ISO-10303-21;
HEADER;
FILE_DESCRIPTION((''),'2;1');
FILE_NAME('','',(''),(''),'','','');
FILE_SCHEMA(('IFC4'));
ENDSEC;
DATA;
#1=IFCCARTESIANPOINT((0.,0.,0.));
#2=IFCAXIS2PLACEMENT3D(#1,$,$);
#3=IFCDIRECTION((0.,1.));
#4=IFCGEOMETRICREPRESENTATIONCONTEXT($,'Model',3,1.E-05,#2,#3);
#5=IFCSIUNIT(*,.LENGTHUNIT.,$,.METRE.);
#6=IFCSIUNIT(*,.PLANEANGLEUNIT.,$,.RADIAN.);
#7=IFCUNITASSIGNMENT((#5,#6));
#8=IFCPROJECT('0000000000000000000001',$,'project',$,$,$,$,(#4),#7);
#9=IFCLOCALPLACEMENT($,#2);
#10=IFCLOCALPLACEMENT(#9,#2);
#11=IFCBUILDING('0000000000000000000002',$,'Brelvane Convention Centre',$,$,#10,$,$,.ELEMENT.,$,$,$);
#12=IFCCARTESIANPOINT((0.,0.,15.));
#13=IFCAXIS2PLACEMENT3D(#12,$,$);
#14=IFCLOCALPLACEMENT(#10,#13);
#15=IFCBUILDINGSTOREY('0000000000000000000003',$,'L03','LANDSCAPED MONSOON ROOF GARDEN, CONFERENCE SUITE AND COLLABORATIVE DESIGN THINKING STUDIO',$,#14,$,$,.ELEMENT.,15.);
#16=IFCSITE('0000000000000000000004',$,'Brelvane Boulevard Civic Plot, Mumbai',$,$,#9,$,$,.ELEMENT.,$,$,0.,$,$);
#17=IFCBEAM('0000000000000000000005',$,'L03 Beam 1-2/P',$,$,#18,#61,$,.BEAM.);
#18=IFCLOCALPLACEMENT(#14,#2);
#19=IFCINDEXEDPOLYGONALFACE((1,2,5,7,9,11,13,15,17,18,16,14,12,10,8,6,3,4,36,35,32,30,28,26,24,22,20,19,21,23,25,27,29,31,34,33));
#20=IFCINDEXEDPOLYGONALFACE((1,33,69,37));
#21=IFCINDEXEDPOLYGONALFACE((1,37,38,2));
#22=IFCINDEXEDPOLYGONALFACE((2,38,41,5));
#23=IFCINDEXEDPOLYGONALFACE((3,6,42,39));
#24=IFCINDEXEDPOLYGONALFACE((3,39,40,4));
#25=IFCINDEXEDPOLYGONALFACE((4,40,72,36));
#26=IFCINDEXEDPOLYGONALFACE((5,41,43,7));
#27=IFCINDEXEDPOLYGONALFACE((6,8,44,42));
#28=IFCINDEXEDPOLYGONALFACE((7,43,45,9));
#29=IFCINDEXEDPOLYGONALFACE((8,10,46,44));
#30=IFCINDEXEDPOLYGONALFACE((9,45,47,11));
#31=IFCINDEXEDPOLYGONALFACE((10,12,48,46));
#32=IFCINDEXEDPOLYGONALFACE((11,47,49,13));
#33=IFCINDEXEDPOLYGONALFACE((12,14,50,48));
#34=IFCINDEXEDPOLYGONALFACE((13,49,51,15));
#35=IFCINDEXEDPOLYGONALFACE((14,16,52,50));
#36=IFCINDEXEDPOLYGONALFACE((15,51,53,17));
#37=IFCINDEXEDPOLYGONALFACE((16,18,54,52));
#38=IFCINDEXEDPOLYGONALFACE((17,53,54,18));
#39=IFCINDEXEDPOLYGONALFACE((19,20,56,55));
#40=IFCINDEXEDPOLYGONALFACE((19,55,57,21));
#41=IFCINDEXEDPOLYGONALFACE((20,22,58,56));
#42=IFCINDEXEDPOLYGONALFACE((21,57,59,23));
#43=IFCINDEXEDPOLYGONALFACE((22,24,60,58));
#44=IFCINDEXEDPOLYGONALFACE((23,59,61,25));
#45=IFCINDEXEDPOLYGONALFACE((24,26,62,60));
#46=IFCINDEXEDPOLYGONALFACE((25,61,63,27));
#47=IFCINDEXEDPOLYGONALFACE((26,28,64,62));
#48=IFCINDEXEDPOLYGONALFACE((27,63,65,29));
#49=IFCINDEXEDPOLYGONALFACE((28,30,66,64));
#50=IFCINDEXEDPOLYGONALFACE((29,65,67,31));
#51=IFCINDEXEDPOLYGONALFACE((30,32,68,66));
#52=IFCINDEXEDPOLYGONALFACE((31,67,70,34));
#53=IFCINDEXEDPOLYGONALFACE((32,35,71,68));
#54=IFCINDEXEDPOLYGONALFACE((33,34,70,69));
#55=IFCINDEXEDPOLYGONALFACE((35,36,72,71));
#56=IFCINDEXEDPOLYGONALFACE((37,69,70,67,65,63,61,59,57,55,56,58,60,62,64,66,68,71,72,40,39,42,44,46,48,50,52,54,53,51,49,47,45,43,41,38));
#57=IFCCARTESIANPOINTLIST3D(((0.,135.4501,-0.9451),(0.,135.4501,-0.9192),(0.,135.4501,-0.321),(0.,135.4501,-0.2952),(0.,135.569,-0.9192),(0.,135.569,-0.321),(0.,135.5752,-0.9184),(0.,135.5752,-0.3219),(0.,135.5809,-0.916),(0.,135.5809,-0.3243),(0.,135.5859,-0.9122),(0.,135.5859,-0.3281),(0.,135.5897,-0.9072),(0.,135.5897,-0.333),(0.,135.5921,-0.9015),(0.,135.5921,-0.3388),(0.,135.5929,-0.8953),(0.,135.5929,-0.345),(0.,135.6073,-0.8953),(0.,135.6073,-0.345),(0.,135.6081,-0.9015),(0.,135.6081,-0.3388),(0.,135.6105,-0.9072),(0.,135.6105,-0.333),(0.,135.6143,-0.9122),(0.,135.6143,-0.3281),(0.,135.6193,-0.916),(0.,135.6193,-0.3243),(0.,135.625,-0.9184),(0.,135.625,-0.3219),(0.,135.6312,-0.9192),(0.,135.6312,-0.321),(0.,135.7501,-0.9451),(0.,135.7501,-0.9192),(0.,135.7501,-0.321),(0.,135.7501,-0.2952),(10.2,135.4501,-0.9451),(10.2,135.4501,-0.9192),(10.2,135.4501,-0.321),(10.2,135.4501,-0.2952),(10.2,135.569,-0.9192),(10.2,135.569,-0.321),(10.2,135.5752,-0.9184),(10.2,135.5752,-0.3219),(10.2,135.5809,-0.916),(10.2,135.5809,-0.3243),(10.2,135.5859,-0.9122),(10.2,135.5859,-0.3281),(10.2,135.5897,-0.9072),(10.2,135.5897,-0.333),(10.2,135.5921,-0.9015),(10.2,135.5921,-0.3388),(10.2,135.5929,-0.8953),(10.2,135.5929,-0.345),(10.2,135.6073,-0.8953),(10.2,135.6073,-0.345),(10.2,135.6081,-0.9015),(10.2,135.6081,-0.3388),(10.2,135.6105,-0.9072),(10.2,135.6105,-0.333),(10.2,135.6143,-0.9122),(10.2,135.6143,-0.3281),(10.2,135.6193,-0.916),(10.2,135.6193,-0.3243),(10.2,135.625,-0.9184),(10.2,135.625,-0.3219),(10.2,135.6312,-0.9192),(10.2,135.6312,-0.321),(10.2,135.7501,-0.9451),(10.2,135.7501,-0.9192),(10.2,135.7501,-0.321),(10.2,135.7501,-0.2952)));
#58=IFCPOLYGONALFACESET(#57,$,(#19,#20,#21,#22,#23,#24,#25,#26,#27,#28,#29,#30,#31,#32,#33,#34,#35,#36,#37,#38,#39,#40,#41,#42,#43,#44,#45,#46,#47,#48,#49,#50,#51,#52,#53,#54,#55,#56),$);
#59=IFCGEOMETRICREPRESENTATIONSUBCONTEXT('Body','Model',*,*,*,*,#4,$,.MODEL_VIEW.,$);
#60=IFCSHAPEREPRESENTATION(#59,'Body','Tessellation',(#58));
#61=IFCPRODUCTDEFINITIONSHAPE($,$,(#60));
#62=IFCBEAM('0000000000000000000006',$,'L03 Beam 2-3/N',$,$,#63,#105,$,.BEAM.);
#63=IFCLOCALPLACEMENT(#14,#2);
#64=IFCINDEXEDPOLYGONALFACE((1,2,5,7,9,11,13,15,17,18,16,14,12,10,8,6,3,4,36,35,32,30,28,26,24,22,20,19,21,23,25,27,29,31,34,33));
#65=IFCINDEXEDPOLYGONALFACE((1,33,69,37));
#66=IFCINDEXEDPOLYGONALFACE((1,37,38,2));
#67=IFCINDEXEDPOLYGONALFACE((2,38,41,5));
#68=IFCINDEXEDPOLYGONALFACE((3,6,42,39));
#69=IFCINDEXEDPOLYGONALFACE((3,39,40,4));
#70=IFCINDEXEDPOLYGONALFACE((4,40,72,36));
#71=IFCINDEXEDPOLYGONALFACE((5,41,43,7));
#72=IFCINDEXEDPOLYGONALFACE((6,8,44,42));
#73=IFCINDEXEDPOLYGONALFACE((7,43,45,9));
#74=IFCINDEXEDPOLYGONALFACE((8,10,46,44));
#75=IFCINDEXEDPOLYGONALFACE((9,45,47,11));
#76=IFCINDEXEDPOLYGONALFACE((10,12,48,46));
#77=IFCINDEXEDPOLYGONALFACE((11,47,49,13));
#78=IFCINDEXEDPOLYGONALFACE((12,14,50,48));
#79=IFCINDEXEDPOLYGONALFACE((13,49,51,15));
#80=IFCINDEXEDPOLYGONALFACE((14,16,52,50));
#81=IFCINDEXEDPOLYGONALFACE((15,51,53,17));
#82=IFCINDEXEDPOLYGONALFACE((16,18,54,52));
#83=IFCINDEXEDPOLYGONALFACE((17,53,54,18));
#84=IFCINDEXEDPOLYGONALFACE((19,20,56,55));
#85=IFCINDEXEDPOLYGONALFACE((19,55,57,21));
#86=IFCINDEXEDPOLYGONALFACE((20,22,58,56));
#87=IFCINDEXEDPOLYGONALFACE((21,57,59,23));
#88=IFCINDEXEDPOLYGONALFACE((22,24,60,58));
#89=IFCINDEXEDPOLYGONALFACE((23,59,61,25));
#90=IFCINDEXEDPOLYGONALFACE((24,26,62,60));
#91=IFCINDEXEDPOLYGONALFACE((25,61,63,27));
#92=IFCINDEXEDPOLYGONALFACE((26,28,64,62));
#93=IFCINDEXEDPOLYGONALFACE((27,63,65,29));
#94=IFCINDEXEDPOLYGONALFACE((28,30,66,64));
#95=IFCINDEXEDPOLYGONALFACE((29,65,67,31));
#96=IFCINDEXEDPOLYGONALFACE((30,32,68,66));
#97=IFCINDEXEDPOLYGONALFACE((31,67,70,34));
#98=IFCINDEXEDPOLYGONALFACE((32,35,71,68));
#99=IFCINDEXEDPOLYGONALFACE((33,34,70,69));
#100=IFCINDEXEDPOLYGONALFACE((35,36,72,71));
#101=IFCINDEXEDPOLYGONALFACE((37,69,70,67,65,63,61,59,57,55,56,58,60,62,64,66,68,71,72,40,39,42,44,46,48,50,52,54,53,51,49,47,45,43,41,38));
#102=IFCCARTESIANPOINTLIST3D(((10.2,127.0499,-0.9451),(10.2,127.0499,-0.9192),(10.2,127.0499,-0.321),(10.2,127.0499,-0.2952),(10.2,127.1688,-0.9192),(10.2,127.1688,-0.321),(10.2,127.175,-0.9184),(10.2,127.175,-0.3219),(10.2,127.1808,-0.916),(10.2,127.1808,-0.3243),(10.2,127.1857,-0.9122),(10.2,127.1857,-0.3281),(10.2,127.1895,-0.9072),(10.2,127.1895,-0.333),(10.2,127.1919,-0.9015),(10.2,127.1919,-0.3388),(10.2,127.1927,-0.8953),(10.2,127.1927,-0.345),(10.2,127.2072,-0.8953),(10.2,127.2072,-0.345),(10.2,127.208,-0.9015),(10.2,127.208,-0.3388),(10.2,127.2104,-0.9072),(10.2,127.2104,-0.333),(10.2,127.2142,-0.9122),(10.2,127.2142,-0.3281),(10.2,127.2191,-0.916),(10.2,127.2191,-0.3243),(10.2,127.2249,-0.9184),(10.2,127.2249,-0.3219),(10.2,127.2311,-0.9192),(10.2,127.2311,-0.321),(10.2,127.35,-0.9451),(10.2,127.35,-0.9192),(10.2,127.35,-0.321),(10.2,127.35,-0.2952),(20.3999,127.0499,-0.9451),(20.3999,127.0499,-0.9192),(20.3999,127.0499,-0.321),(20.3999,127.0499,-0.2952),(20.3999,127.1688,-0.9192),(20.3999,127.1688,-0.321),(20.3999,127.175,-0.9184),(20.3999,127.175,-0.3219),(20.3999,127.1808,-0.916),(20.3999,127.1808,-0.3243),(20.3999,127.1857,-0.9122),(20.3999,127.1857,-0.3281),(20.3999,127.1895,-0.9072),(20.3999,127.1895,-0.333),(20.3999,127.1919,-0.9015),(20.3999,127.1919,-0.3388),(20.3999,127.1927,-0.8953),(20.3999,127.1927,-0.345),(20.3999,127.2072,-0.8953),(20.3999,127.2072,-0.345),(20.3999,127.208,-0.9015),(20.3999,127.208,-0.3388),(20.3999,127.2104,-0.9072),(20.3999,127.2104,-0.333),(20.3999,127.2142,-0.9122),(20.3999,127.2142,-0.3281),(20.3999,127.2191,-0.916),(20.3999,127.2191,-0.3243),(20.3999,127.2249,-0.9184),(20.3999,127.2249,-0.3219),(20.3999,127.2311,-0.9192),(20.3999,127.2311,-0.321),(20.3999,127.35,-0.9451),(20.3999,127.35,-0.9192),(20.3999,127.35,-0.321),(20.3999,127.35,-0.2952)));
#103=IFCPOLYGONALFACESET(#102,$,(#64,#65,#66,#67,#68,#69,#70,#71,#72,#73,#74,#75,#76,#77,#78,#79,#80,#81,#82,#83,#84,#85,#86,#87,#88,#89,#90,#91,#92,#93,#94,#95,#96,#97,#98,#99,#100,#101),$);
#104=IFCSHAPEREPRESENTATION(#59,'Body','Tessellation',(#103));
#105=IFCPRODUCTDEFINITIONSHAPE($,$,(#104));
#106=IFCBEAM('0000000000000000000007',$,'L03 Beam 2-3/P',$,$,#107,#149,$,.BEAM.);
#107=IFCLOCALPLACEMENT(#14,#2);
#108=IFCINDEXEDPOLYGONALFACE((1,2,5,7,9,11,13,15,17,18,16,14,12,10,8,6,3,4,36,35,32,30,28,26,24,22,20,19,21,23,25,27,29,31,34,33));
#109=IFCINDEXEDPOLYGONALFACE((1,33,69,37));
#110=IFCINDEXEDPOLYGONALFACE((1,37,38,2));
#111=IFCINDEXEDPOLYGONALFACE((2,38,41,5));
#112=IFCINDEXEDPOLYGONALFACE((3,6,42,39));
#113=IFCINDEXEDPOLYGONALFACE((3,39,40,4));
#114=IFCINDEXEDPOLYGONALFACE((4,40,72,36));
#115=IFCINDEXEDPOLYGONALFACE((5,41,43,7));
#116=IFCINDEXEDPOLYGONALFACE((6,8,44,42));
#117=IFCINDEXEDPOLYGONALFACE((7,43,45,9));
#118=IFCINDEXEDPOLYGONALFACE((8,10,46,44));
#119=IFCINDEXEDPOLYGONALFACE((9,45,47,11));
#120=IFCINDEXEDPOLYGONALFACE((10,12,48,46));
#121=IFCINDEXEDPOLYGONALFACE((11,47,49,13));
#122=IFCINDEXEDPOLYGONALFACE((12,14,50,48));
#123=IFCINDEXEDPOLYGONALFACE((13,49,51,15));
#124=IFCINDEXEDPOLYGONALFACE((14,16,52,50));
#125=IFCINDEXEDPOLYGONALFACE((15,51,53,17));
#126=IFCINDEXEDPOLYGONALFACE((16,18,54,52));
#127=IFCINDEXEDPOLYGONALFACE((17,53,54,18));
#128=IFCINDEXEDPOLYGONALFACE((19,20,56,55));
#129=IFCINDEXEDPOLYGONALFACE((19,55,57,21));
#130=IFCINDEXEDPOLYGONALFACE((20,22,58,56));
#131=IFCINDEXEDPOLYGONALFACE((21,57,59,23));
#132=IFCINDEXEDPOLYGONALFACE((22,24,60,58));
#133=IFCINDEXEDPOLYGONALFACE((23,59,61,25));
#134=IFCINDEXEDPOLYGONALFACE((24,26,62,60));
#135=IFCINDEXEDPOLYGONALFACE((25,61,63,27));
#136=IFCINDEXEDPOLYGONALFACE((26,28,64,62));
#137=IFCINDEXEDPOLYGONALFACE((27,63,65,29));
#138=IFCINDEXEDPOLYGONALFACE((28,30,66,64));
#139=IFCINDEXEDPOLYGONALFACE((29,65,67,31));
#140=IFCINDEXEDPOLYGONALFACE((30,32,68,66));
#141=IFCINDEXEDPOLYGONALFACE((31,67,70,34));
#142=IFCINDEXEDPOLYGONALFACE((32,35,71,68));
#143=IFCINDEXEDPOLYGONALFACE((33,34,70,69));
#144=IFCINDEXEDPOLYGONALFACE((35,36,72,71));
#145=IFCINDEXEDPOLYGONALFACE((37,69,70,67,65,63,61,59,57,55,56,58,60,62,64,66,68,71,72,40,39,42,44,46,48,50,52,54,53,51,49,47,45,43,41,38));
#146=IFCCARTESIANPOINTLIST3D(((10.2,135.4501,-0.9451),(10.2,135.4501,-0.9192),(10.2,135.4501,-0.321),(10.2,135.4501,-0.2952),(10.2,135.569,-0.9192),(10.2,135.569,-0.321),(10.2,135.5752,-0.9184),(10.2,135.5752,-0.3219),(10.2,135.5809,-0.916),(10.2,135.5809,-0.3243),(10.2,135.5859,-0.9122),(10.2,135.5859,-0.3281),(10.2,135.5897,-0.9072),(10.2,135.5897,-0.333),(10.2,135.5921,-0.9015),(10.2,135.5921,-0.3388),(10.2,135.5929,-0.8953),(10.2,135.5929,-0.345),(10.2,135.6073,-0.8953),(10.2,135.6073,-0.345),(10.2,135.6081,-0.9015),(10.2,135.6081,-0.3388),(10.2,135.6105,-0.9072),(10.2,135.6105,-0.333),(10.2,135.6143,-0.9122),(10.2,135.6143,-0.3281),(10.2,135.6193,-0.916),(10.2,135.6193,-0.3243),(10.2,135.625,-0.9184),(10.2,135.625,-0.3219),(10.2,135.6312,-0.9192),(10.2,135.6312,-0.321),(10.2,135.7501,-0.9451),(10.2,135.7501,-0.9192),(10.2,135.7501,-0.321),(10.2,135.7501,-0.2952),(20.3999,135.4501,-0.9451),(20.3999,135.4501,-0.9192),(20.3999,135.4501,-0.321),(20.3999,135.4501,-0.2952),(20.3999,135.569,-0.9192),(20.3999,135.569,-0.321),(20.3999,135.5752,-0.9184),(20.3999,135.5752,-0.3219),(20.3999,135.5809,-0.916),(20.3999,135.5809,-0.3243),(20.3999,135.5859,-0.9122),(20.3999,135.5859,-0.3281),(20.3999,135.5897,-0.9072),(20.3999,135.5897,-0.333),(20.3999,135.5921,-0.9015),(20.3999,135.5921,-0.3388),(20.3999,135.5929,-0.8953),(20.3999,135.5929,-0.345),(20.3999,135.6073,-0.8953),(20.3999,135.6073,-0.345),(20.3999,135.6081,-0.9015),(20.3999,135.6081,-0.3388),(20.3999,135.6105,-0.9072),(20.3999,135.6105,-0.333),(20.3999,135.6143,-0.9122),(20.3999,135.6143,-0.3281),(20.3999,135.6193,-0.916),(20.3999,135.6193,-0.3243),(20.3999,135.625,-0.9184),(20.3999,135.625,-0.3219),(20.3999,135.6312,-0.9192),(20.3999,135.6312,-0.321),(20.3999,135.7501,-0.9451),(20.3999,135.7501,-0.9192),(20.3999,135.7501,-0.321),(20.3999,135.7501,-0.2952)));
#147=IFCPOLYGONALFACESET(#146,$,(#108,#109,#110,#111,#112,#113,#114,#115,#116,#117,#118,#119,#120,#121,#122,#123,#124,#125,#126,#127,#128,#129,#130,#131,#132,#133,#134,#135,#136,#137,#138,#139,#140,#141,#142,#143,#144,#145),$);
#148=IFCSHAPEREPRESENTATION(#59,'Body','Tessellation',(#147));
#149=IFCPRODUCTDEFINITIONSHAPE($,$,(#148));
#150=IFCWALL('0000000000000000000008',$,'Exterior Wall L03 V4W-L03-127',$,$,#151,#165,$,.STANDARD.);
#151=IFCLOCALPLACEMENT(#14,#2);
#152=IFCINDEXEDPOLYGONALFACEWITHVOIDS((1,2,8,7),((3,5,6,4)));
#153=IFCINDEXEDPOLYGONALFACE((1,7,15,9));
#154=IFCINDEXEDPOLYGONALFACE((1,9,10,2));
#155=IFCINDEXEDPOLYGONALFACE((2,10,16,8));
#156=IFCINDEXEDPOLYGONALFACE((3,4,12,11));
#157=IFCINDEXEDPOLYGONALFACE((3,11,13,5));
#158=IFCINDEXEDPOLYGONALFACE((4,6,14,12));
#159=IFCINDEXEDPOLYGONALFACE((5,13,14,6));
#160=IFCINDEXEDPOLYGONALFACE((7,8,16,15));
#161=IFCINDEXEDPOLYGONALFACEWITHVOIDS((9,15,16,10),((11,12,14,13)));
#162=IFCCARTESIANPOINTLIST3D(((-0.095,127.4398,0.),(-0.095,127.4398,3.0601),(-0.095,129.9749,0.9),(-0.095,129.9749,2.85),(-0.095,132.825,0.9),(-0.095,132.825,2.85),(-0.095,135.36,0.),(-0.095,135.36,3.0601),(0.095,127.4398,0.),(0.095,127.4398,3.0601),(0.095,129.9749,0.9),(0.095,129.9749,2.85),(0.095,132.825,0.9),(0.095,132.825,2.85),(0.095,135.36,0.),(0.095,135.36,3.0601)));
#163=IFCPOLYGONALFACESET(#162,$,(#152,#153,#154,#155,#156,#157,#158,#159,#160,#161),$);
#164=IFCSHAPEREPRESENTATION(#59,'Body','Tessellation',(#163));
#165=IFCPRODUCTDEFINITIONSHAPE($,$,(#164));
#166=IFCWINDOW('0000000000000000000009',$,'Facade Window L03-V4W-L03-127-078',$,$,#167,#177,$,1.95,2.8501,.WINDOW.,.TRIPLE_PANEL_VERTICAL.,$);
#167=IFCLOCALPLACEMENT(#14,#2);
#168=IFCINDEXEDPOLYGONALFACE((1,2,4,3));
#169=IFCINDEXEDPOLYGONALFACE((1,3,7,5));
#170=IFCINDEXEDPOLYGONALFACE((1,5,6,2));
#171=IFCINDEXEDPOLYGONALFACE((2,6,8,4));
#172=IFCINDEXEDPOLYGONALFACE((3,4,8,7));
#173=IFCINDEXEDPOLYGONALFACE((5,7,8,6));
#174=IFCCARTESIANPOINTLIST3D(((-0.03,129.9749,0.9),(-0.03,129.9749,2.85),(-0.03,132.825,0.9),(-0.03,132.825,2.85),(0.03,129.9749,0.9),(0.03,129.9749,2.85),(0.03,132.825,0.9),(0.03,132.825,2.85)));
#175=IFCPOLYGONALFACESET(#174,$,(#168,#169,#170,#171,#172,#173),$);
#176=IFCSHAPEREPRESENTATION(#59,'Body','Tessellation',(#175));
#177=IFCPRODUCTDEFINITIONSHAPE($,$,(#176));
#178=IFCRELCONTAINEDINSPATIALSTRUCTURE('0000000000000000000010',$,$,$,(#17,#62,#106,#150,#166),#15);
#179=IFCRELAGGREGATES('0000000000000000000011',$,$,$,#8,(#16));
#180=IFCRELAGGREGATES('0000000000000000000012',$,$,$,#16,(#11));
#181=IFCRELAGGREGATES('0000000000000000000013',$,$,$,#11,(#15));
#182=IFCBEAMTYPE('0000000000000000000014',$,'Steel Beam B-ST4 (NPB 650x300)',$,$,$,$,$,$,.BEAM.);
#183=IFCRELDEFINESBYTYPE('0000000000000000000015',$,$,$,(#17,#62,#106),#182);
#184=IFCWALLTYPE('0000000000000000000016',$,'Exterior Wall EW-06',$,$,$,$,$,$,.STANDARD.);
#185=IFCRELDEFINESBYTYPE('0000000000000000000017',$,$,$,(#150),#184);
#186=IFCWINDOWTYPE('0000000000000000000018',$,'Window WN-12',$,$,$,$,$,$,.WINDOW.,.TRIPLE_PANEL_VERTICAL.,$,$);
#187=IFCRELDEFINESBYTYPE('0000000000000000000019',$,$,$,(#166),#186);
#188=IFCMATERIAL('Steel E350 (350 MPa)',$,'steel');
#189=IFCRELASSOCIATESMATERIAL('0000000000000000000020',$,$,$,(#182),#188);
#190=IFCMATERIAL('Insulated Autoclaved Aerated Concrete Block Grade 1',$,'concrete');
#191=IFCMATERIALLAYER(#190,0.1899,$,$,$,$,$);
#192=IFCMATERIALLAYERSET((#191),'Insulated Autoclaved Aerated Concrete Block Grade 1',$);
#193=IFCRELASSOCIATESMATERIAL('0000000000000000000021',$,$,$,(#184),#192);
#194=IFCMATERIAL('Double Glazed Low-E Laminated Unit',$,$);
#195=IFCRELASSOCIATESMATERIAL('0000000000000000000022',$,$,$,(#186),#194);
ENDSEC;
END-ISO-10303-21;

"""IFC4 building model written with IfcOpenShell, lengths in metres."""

from ifc_helpers import new_model, si_unit, direction, frame, frame_2d, origin, origin_2d, place, context, subcontext, project, spatial, rectangle, i_section, extrude, material, layer, layer_set, material_profile, profile_set, type_object, element, fill, save


model = new_model("IFC4")

# Units and contexts
model_context = context("Model", 3, precision=1e-05, world=origin(), true_north=direction((0.0, 1.0)))
body_context = subcontext(model_context, "Body", "Model", "MODEL_VIEW")
ifc_project = project(units=[si_unit("LENGTHUNIT", "METRE"), si_unit("PLANEANGLEUNIT", "RADIAN")], contexts=[model_context])

# Site, building, storey
site_placement = place(None, origin())
site = spatial("IfcSite", under=ifc_project, at=site_placement, Name="Brelvane Boulevard Civic Plot, Mumbai", CompositionType="ELEMENT", RefElevation=0.0)
building_placement = place(site_placement, origin())
building = spatial("IfcBuilding", under=site, at=building_placement, Name="Brelvane Convention Centre", CompositionType="ELEMENT")
storey_placement = place(building_placement, frame((0.0, 0.0, 15.0)))
storey = spatial("IfcBuildingStorey", under=building, at=storey_placement, Name="L03", Description="LANDSCAPED MONSOON ROOF GARDEN, CONFERENCE SUITE AND COLLABORATIVE DESIGN THINKING STUDIO", CompositionType="ELEMENT", Elevation=15.0)

# Beams
ifc_material_1 = material(Name="Steel E350 (350 MPa)", Category="steel")
ifc_material_profile_1 = material_profile(ifc_material_1, i_section(OverallWidth=0.3, OverallDepth=0.6499, WebThickness=0.0144, FlangeThickness=0.0259, FilletRadius=0.0239, at=origin_2d()), Name="NPB 650x300")
ifc_profile_set_1 = profile_set([ifc_material_profile_1], Name="Steel E350 (350 MPa)")
beam_type_1 = type_object("IfcBeamType", Name="Steel Beam B-ST4 (NPB 650x300)", PredefinedType="BEAM", material=ifc_profile_set_1)
for number, where, z_axis, x_axis, name in (
    (1, (0.0, 135.6001, -0.6201), (1.0, 0.0, 0.0), (0.0, 1.0, 0.0), "L03 Beam 1-2/P"),
    (2, (10.2, 127.2, -0.6201), (1.0, 0.0, 0.0), (0.0, 1.0, 0.0), "L03 Beam 2-3/N"),
    (3, (10.2, 135.6001, -0.6201), (1.0, 0.0, 0.0), (0.0, 1.0, 0.0), "L03 Beam 2-3/P"),
):
    element("IfcBeam", number, at=place(storey_placement, frame(where, z_axis=z_axis, x_axis=x_axis)), inside=storey, type_object=beam_type_1, Name=name, PredefinedType="BEAM", context=body_context, shape_type="SweptSolid", body=[
        extrude(i_section(OverallWidth=0.3, OverallDepth=0.6499, WebThickness=0.0144, FlangeThickness=0.0259, FilletRadius=0.0239, at=origin_2d()), origin(), (0.0, 0.0, 1.0), 10.2),
    ])

# Wall, opening, window
ifc_material_2 = material(Name="Insulated Autoclaved Aerated Concrete Block Grade 1", Category="concrete")
ifc_layer_1 = layer(ifc_material_2, 0.1899)
ifc_layer_set_1 = layer_set([ifc_layer_1], Name="Insulated Autoclaved Aerated Concrete Block Grade 1")
wall_type_1 = type_object("IfcWallType", Name="Exterior Wall EW-06", PredefinedType="STANDARD", material=ifc_layer_set_1)
wall_1_placement = place(storey_placement, frame((0.0, 127.4399, 0.0), z_axis=(0.0, 0.0, 1.0), x_axis=(0.0, 1.0, 0.0)))
wall_1 = element("IfcWall", 4, at=wall_1_placement, inside=storey, type_object=wall_type_1, Name="Exterior Wall L03 V4W-L03-127", PredefinedType="STANDARD", context=body_context, shape_type="SweptSolid", body=[
    extrude(rectangle(XDim=7.9202, YDim=0.1899, at=frame_2d((3.96, 0.0))), origin(), (0.0, 0.0, 1.0), 3.0601),
])
opening_1_placement = place(wall_1_placement, frame((2.5349, 0.0, 0.8999)))
opening_1 = element("IfcOpeningElement", 5, at=opening_1_placement, cuts=wall_1, PredefinedType="OPENING", context=body_context, shape_type="SweptSolid", body=[
    extrude(rectangle(XDim=2.8501, YDim=1.95, at=frame_2d((1.425, 0.9751))), frame((0.0, 0.105, 0.0), z_axis=(0.0, -1.0, 0.0), x_axis=(1.0, 0.0, 0.0)), (0.0, 0.0, 1.0), 0.21),
])
ifc_material_3 = material(Name="Double Glazed Low-E Laminated Unit")
window_type = type_object("IfcWindowType", Name="Window WN-12", PartitioningType="TRIPLE_PANEL_VERTICAL", PredefinedType="WINDOW", material=ifc_material_3)
window_placement = place(opening_1_placement, origin())
window = element("IfcWindow", 6, at=window_placement, inside=storey, type_object=window_type, Name="Facade Window L03-V4W-L03-127-078", OverallHeight=1.95, OverallWidth=2.8501, PartitioningType="TRIPLE_PANEL_VERTICAL", PredefinedType="WINDOW", context=body_context, shape_type="SweptSolid", body=[
    extrude(rectangle(XDim=2.8501, YDim=1.95, at=frame_2d((1.425, 0.9751))), frame((0.0, 0.03, 0.0), z_axis=(0.0, -1.0, 0.0), x_axis=(1.0, 0.0, 0.0)), (0.0, 0.0, 1.0), 0.0601),
])
fill(opening_1, window)

save(model, "model.ifc")
